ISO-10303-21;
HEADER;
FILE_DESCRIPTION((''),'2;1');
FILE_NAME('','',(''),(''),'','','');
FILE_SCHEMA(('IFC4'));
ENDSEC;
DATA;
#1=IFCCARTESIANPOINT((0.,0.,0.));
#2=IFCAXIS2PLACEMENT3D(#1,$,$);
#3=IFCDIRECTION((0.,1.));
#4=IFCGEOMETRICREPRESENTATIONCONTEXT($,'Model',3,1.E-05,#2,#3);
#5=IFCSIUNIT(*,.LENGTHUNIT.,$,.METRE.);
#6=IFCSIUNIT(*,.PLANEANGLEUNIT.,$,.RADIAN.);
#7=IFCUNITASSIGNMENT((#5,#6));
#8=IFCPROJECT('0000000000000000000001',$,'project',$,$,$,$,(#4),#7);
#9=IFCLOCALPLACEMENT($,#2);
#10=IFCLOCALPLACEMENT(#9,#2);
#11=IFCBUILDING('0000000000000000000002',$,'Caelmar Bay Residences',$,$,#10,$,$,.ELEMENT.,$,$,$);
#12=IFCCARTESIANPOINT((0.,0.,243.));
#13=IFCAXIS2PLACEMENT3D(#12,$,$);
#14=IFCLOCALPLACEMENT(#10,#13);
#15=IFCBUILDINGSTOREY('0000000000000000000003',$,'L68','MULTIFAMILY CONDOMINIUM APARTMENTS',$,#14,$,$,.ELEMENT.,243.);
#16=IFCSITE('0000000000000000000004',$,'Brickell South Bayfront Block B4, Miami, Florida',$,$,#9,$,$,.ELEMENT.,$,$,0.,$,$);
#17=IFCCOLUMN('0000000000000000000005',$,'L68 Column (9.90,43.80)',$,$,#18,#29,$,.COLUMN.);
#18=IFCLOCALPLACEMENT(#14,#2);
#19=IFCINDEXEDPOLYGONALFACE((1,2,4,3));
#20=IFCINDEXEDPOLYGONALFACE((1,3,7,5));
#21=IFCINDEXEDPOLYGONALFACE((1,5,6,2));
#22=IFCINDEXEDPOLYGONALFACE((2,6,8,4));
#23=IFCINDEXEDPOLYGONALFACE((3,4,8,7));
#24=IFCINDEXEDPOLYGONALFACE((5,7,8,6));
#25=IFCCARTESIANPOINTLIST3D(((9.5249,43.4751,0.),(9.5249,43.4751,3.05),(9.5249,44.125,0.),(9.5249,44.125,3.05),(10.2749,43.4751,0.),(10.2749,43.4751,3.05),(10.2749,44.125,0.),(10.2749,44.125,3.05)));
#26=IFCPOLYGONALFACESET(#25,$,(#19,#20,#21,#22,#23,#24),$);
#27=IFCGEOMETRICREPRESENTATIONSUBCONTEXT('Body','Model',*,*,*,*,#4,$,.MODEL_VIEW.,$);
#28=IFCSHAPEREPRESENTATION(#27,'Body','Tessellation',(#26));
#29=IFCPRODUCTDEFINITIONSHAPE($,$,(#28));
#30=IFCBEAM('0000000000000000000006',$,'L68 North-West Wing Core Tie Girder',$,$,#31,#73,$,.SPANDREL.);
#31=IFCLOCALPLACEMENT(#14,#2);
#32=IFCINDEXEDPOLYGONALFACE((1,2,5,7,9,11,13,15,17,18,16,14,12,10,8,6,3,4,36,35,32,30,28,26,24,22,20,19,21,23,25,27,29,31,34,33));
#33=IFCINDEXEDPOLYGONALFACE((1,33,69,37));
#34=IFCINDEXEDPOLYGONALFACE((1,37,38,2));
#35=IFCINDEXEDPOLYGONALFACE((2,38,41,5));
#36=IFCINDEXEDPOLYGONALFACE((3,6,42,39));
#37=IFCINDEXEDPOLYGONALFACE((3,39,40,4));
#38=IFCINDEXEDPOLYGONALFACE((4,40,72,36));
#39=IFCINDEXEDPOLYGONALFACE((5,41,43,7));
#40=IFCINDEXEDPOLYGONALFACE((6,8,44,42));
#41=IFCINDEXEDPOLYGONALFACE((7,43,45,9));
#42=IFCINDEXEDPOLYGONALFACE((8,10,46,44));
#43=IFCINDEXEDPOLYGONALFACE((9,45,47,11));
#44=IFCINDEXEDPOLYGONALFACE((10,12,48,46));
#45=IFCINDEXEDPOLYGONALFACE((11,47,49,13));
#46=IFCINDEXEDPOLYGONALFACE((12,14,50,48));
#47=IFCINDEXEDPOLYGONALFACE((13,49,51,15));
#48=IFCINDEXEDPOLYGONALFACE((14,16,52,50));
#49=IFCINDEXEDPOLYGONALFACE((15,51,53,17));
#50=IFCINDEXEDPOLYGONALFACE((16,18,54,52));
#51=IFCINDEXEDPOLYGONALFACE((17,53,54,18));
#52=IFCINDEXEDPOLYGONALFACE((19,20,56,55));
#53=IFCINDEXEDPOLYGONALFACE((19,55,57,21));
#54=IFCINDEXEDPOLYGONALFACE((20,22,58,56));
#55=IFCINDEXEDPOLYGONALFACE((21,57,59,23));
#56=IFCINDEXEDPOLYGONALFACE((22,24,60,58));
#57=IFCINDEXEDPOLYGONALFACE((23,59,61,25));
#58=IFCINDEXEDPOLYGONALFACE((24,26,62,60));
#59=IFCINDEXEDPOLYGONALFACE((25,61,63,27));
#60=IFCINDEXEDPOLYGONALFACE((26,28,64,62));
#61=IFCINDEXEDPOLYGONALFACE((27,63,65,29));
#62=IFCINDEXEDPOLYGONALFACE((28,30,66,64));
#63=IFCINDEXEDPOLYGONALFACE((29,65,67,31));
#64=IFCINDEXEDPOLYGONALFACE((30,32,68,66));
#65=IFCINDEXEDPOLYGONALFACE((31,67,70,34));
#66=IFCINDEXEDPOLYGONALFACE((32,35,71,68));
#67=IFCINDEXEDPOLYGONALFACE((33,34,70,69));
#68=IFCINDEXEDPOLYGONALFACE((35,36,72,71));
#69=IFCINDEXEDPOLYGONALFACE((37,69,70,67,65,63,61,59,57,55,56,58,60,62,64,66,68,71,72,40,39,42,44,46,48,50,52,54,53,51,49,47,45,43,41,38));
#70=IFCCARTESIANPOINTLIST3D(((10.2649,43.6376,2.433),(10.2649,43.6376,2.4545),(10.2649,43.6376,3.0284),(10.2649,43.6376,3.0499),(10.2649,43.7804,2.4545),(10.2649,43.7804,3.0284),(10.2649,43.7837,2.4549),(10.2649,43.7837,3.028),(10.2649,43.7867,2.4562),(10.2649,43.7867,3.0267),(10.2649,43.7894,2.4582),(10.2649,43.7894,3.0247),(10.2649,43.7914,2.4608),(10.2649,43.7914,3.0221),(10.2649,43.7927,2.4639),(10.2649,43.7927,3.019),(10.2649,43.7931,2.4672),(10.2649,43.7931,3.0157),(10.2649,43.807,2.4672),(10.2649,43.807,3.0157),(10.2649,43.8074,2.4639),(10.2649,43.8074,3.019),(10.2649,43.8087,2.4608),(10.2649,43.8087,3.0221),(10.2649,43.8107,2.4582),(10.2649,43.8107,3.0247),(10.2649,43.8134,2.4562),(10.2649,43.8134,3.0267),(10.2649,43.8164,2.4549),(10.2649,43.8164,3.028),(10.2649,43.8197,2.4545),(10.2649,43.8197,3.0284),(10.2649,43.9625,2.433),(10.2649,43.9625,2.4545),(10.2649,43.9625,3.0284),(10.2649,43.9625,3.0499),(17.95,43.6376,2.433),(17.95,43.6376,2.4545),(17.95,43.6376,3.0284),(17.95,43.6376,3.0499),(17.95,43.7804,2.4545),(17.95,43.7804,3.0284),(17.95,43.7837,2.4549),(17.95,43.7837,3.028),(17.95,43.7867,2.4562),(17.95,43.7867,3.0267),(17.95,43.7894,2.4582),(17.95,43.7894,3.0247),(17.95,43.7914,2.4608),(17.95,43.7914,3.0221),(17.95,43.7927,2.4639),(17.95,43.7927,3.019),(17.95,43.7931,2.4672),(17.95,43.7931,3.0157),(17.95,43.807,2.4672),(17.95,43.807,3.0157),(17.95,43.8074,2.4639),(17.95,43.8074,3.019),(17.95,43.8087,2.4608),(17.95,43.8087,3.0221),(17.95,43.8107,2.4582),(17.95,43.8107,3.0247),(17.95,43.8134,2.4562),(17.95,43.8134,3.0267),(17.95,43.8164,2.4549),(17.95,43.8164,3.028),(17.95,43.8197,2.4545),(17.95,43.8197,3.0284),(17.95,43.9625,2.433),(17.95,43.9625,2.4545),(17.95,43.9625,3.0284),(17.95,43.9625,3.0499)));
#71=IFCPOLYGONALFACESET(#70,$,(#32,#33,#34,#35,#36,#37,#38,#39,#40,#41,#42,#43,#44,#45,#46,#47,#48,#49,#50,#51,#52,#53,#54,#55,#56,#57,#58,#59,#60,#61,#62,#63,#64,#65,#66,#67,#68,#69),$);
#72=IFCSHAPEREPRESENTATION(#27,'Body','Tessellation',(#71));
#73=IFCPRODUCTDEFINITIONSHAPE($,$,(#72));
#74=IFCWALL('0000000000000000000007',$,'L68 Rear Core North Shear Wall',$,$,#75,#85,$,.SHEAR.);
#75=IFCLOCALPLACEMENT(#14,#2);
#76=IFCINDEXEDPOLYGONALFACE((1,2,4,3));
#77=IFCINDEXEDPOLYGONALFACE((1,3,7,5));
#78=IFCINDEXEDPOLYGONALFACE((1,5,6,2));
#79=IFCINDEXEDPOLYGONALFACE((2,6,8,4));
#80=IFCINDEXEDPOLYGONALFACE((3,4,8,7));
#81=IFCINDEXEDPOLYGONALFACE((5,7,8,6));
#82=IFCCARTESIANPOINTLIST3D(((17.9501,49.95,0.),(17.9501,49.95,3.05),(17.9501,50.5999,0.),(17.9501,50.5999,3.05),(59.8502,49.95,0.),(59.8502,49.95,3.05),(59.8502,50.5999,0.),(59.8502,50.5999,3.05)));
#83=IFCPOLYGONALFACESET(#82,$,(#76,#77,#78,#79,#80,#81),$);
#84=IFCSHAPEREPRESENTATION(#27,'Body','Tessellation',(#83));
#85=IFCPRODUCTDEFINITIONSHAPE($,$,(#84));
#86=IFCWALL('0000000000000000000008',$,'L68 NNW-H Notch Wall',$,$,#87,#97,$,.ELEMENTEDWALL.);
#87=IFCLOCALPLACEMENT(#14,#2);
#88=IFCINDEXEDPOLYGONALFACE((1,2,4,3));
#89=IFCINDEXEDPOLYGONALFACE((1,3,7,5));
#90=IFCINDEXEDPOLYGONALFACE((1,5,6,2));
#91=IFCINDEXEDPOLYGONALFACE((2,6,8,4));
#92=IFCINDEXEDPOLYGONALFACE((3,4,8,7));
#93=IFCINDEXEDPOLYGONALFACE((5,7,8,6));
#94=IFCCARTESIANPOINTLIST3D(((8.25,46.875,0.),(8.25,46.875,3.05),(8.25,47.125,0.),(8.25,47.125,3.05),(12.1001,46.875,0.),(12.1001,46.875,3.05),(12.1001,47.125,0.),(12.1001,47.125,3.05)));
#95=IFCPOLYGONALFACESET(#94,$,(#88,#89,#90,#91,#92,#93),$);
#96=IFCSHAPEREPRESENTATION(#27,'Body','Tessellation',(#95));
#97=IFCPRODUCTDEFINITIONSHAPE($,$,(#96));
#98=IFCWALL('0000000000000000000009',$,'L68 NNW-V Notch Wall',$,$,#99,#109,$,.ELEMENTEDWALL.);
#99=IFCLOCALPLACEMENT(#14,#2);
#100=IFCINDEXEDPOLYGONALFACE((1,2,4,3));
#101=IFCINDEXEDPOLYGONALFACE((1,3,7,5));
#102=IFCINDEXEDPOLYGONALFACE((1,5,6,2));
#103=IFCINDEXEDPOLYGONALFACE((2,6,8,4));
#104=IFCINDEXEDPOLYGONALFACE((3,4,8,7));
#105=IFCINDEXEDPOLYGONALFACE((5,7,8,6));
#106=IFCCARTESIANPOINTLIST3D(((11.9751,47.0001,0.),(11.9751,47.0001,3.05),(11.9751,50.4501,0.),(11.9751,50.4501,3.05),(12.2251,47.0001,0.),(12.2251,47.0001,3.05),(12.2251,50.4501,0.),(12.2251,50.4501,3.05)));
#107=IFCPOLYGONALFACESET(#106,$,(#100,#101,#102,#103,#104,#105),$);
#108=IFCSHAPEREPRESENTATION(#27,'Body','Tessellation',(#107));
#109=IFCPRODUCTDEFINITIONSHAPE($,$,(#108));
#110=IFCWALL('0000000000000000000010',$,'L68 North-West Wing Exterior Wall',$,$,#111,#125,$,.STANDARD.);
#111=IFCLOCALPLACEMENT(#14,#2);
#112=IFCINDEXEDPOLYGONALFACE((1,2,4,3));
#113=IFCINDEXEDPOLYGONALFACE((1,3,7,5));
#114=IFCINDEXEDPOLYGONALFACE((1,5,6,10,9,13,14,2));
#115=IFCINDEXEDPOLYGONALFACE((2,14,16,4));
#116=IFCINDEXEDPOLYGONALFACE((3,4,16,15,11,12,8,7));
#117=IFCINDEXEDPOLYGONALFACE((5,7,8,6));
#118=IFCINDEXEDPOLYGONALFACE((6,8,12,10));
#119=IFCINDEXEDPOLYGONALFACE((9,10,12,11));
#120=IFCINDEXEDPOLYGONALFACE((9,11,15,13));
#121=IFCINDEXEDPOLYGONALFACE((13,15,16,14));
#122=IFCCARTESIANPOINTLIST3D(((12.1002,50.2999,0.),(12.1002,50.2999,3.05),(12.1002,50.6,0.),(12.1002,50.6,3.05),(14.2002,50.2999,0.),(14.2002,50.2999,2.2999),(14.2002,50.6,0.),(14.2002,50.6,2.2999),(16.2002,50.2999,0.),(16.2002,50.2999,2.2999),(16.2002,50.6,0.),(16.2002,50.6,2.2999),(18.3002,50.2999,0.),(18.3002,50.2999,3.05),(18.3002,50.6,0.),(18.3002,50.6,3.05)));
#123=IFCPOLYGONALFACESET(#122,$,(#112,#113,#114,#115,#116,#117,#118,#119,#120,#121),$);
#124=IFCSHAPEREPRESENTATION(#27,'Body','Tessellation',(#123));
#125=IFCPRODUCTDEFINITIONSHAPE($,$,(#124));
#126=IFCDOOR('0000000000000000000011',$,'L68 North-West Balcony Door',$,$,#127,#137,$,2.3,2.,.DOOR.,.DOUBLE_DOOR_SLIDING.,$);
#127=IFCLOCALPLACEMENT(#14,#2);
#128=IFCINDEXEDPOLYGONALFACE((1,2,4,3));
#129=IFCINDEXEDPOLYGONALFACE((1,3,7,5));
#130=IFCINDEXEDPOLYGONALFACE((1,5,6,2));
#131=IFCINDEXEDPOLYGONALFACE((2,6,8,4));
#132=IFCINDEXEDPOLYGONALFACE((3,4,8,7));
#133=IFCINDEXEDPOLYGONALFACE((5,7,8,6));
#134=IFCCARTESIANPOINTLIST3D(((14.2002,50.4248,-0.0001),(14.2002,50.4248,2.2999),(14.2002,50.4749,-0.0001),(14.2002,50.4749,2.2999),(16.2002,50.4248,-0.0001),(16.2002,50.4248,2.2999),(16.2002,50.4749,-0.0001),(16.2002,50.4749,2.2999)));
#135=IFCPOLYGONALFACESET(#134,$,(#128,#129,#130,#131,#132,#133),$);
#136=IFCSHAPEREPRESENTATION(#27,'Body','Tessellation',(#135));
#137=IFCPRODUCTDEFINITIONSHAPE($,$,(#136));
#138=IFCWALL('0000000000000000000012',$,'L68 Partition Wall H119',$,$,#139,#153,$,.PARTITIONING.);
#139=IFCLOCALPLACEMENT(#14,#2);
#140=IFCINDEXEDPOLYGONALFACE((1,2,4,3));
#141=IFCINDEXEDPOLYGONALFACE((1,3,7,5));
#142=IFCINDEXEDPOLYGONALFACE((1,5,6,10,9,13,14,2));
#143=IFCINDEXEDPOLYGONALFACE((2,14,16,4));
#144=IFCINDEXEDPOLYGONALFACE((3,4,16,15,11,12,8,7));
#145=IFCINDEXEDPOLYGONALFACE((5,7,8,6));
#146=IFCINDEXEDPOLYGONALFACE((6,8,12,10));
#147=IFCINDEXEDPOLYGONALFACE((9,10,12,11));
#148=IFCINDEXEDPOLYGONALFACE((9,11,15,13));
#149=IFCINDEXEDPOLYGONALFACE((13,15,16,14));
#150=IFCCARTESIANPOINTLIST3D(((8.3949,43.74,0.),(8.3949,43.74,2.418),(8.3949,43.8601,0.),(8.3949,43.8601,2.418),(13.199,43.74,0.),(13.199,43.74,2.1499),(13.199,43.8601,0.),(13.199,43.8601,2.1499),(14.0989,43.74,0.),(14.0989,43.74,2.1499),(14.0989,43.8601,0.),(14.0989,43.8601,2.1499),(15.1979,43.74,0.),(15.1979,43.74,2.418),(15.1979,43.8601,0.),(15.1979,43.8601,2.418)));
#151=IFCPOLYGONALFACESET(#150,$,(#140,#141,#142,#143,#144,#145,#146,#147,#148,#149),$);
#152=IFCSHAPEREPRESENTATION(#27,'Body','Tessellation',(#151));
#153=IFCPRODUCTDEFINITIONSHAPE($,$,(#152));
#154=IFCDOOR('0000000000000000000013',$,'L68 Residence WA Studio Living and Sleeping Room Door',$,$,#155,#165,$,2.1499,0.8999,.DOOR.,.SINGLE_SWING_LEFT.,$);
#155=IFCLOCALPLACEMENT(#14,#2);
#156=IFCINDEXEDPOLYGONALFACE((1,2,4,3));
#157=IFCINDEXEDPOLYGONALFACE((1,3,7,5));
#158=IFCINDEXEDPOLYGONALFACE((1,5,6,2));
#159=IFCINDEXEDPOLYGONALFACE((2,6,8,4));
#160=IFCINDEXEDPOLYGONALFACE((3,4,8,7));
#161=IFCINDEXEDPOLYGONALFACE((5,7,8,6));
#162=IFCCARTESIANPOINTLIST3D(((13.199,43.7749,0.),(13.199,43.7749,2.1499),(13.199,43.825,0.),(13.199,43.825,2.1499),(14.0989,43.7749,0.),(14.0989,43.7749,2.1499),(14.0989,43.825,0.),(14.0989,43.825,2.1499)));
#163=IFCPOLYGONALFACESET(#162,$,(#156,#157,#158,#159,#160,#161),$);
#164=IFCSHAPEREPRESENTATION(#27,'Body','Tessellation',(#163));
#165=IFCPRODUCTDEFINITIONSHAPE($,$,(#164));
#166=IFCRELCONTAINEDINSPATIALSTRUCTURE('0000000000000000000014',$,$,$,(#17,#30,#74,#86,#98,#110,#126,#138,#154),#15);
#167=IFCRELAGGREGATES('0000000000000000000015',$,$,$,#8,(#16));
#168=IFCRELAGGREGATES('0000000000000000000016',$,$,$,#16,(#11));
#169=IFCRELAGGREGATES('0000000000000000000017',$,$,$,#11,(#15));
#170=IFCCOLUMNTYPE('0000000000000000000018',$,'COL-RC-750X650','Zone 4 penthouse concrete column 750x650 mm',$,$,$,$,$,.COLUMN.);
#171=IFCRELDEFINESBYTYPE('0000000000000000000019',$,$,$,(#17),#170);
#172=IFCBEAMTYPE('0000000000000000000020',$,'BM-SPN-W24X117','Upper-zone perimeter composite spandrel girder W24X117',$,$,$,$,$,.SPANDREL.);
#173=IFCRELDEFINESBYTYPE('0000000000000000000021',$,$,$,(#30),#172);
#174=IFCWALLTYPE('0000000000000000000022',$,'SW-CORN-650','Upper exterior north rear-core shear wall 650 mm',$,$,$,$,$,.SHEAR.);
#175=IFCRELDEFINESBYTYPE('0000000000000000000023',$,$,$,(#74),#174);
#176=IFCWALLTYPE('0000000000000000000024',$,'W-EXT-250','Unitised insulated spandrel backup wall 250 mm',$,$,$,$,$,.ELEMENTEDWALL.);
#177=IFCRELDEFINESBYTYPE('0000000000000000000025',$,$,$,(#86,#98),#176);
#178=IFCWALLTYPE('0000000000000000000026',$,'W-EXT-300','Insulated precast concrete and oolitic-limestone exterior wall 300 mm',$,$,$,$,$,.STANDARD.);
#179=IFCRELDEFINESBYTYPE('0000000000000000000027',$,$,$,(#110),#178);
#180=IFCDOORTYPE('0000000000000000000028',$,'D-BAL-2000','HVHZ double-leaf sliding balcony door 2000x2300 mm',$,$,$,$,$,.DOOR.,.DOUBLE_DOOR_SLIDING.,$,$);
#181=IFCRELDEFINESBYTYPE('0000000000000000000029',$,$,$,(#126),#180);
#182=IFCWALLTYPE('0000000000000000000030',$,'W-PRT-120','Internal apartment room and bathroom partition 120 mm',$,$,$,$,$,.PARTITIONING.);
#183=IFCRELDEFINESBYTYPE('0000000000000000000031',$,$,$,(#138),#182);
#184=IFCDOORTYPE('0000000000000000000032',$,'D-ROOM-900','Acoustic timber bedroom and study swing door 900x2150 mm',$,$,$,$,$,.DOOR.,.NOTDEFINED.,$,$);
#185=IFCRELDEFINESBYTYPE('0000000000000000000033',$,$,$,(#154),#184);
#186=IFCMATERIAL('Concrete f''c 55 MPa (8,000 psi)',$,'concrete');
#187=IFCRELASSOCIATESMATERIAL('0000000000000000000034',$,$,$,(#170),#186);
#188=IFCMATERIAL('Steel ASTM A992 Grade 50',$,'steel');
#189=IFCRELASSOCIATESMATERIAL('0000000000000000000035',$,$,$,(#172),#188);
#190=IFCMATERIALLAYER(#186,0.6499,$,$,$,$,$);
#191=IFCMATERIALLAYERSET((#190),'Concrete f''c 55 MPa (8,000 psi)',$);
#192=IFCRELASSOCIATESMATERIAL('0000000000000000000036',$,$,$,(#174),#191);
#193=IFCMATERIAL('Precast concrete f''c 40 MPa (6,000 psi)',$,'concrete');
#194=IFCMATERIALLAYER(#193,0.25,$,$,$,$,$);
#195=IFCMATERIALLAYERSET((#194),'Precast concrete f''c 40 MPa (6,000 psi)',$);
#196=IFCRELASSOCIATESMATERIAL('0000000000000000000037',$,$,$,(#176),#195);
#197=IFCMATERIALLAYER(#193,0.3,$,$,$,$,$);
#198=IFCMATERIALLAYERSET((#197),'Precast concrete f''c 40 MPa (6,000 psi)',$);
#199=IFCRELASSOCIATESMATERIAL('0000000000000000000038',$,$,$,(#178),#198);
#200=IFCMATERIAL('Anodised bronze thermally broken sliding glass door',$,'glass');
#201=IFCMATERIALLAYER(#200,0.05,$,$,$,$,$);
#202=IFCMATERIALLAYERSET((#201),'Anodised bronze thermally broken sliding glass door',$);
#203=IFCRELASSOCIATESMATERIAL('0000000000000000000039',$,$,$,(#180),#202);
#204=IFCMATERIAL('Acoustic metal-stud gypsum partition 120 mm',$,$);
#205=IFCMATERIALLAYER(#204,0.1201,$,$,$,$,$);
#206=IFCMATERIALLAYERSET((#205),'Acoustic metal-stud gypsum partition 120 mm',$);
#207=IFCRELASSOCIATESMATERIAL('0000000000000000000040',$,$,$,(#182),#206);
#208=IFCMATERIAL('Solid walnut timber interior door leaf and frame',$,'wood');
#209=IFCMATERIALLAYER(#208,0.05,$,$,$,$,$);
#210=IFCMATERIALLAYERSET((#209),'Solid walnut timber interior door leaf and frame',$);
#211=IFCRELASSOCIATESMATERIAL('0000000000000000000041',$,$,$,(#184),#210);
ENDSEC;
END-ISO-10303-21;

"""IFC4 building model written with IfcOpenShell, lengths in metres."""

from ifc_helpers import new_model, si_unit, direction, frame, frame_2d, origin, origin_2d, place, context, subcontext, project, spatial, rectangle, i_section, extrude, material, layer, layer_set, material_profile, profile_set, type_object, element, fill, save


model = new_model("IFC4")

# Units and contexts
model_context = context("Model", 3, precision=1e-05, world=origin(), true_north=direction((0.0, 1.0)))
body_context = subcontext(model_context, "Body", "Model", "MODEL_VIEW")
ifc_project = project(units=[si_unit("LENGTHUNIT", "METRE"), si_unit("PLANEANGLEUNIT", "RADIAN")], contexts=[model_context])

# Site, building, storey
site_placement = place(None, origin())
site = spatial("IfcSite", under=ifc_project, at=site_placement, Name="Brickell South Bayfront Block B4, Miami, Florida", CompositionType="ELEMENT", RefElevation=0.0)
building_placement = place(site_placement, origin())
building = spatial("IfcBuilding", under=site, at=building_placement, Name="Caelmar Bay Residences", CompositionType="ELEMENT")
storey_placement = place(building_placement, frame((0.0, 0.0, 243.0)))
storey = spatial("IfcBuildingStorey", under=building, at=storey_placement, Name="L68", Description="MULTIFAMILY CONDOMINIUM APARTMENTS", CompositionType="ELEMENT", Elevation=243.0)

# Column
ifc_material_1 = material(Name="Concrete f'c 55 MPa (8,000 psi)", Category="concrete")
ifc_material_profile_1 = material_profile(ifc_material_1, rectangle(XDim=0.75, YDim=0.6499, at=origin_2d()), Name="RC-COL-750X650")
ifc_profile_set_1 = profile_set([ifc_material_profile_1], Name="Concrete f'c 55 MPa (8,000 psi)")
column_type = type_object("IfcColumnType", Name="COL-RC-750X650", Description="Zone 4 penthouse concrete column 750x650 mm", PredefinedType="COLUMN", material=ifc_profile_set_1)
column_placement = place(storey_placement, frame((9.8999, 43.8, 0.0), z_axis=(0.0, 0.0, 1.0), x_axis=(1.0, 0.0, 0.0)))
element("IfcColumn", 1, at=column_placement, inside=storey, type_object=column_type, Name="L68 Column (9.90,43.80)", PredefinedType="COLUMN", context=body_context, shape_type="SweptSolid", body=[
    extrude(rectangle(XDim=0.75, YDim=0.6499, at=origin_2d()), origin(), (0.0, 0.0, 1.0), 3.05),
])

# Beam
ifc_material_2 = material(Name="Steel ASTM A992 Grade 50", Category="steel")
ifc_material_profile_2 = material_profile(ifc_material_2, i_section(OverallWidth=0.325, OverallDepth=0.6169, WebThickness=0.0139, FlangeThickness=0.0215, FilletRadius=0.0127, at=origin_2d()), Name="W24X117")
ifc_profile_set_2 = profile_set([ifc_material_profile_2], Name="Steel ASTM A992 Grade 50")
beam_type = type_object("IfcBeamType", Name="BM-SPN-W24X117", Description="Upper-zone perimeter composite spandrel girder W24X117", PredefinedType="SPANDREL", material=ifc_profile_set_2)
beam_placement = place(storey_placement, frame((10.2649, 43.8, 2.7415), z_axis=(1.0, 0.0, 0.0), x_axis=(0.0, 1.0, 0.0)))
element("IfcBeam", 2, at=beam_placement, inside=storey, type_object=beam_type, Name="L68 North-West Wing Core Tie Girder", PredefinedType="SPANDREL", context=body_context, shape_type="SweptSolid", body=[
    extrude(i_section(OverallWidth=0.325, OverallDepth=0.6169, WebThickness=0.0139, FlangeThickness=0.0215, FilletRadius=0.0127, at=origin_2d()), origin(), (0.0, 0.0, 1.0), 7.6851),
])

# Walls
ifc_layer_1 = layer(ifc_material_1, 0.6499)
ifc_layer_set_1 = layer_set([ifc_layer_1], Name="Concrete f'c 55 MPa (8,000 psi)")
wall_type_1 = type_object("IfcWallType", Name="SW-CORN-650", Description="Upper exterior north rear-core shear wall 650 mm", PredefinedType="SHEAR", material=ifc_layer_set_1)
wall_1_placement = place(storey_placement, frame((17.95, 50.2749, 0.0), z_axis=(0.0, 0.0, 1.0), x_axis=(1.0, 0.0, 0.0)))
element("IfcWall", 3, at=wall_1_placement, inside=storey, type_object=wall_type_1, Name="L68 Rear Core North Shear Wall", PredefinedType="SHEAR", context=body_context, shape_type="SweptSolid", body=[
    extrude(rectangle(XDim=41.9001, YDim=0.6499, at=frame_2d((20.9502, 0.0))), origin(), (0.0, 0.0, 1.0), 3.05),
])
ifc_material_3 = material(Name="Precast concrete f'c 40 MPa (6,000 psi)", Category="concrete")
ifc_layer_2 = layer(ifc_material_3, 0.25)
ifc_layer_set_2 = layer_set([ifc_layer_2], Name="Precast concrete f'c 40 MPa (6,000 psi)")
wall_type_2 = type_object("IfcWallType", Name="W-EXT-250", Description="Unitised insulated spandrel backup wall 250 mm", PredefinedType="ELEMENTEDWALL", material=ifc_layer_set_2)
wall_2_placement = place(storey_placement, frame((8.25, 47.0, 0.0), z_axis=(0.0, 0.0, 1.0), x_axis=(1.0, 0.0, 0.0)))
element("IfcWall", 4, at=wall_2_placement, inside=storey, type_object=wall_type_2, Name="L68 NNW-H Notch Wall", PredefinedType="ELEMENTEDWALL", context=body_context, shape_type="SweptSolid", body=[
    extrude(rectangle(XDim=3.8501, YDim=0.25, at=frame_2d((1.925, 0.0))), origin(), (0.0, 0.0, 1.0), 3.05),
])
wall_3_placement = place(storey_placement, frame((12.1001, 47.0, 0.0), z_axis=(0.0, 0.0, 1.0), x_axis=(0.0, 1.0, 0.0)))
element("IfcWall", 5, at=wall_3_placement, inside=storey, type_object=wall_type_2, Name="L68 NNW-V Notch Wall", PredefinedType="ELEMENTEDWALL", context=body_context, shape_type="SweptSolid", body=[
    extrude(rectangle(XDim=3.45, YDim=0.25, at=frame_2d((1.7251, 0.0))), origin(), (0.0, 0.0, 1.0), 3.05),
])

# Walls, openings, doors
ifc_layer_3 = layer(ifc_material_3, 0.3)
ifc_layer_set_3 = layer_set([ifc_layer_3], Name="Precast concrete f'c 40 MPa (6,000 psi)")
wall_type_3 = type_object("IfcWallType", Name="W-EXT-300", Description="Insulated precast concrete and oolitic-limestone exterior wall 300 mm", PredefinedType="STANDARD", material=ifc_layer_set_3)
wall_4_placement = place(storey_placement, frame((12.1001, 50.45, 0.0), z_axis=(0.0, 0.0, 1.0), x_axis=(1.0, 0.0, 0.0)))
wall_4 = element("IfcWall", 6, at=wall_4_placement, inside=storey, type_object=wall_type_3, Name="L68 North-West Wing Exterior Wall", PredefinedType="STANDARD", context=body_context, shape_type="SweptSolid", body=[
    extrude(rectangle(XDim=6.2, YDim=0.3, at=frame_2d((3.1001, 0.0))), origin(), (0.0, 0.0, 1.0), 3.05),
])
opening_1_placement = place(wall_4_placement, frame((2.1001, 0.0, 0.0)))
opening_1 = element("IfcOpeningElement", 7, at=opening_1_placement, cuts=wall_4, PredefinedType="OPENING", context=body_context, shape_type="SweptSolid", body=[
    extrude(rectangle(XDim=2.0, YDim=2.3, at=frame_2d((1.0, 1.1499))), frame((0.0, 0.1599, 0.0), z_axis=(0.0, -1.0, 0.0), x_axis=(1.0, 0.0, 0.0)), (0.0, 0.0, 1.0), 0.3201),
])
ifc_material_4 = material(Name="Anodised bronze thermally broken sliding glass door", Category="glass")
ifc_layer_4 = layer(ifc_material_4, 0.05)
ifc_layer_set_4 = layer_set([ifc_layer_4], Name="Anodised bronze thermally broken sliding glass door")
door_type_1 = type_object("IfcDoorType", Name="D-BAL-2000", Description="HVHZ double-leaf sliding balcony door 2000x2300 mm", OperationType="DOUBLE_DOOR_SLIDING", PredefinedType="DOOR", material=ifc_layer_set_4)
door_1_placement = place(opening_1_placement, origin())
door_1 = element("IfcDoor", 8, at=door_1_placement, inside=storey, type_object=door_type_1, Name="L68 North-West Balcony Door", OperationType="DOUBLE_DOOR_SLIDING", OverallHeight=2.3, OverallWidth=2.0, PredefinedType="DOOR", context=body_context, shape_type="SweptSolid", body=[
    extrude(rectangle(XDim=2.0, YDim=2.3, at=frame_2d((1.0, 1.1499))), frame((0.0, 0.0249, 0.0), z_axis=(0.0, -1.0, 0.0), x_axis=(1.0, 0.0, 0.0)), (0.0, 0.0, 1.0), 0.05),
])
fill(opening_1, door_1)
ifc_material_5 = material(Name="Acoustic metal-stud gypsum partition 120 mm")
ifc_layer_5 = layer(ifc_material_5, 0.1201)
ifc_layer_set_5 = layer_set([ifc_layer_5], Name="Acoustic metal-stud gypsum partition 120 mm")
wall_type_4 = type_object("IfcWallType", Name="W-PRT-120", Description="Internal apartment room and bathroom partition 120 mm", PredefinedType="PARTITIONING", material=ifc_layer_set_5)
wall_5_placement = place(storey_placement, frame((8.395, 43.8, 0.0), z_axis=(0.0, 0.0, 1.0), x_axis=(1.0, 0.0, 0.0)))
wall_5 = element("IfcWall", 9, at=wall_5_placement, inside=storey, type_object=wall_type_4, Name="L68 Partition Wall H119", PredefinedType="PARTITIONING", context=body_context, shape_type="SweptSolid", body=[
    extrude(rectangle(XDim=6.803, YDim=0.1201, at=frame_2d((3.4014, 0.0))), origin(), (0.0, 0.0, 1.0), 2.418),
])
opening_2_placement = place(wall_5_placement, frame((4.804, 0.0, 0.0)))
opening_2 = element("IfcOpeningElement", 10, at=opening_2_placement, cuts=wall_5, PredefinedType="OPENING", context=body_context, shape_type="SweptSolid", body=[
    extrude(rectangle(XDim=0.8999, YDim=2.1499, at=frame_2d((0.45, 1.075))), frame((0.0, 0.0701, 0.0), z_axis=(0.0, -1.0, 0.0), x_axis=(1.0, 0.0, 0.0)), (0.0, 0.0, 1.0), 0.1401),
])
ifc_material_6 = material(Name="Solid walnut timber interior door leaf and frame", Category="wood")
ifc_layer_6 = layer(ifc_material_6, 0.05)
ifc_layer_set_6 = layer_set([ifc_layer_6], Name="Solid walnut timber interior door leaf and frame")
door_type_2 = type_object("IfcDoorType", Name="D-ROOM-900", Description="Acoustic timber bedroom and study swing door 900x2150 mm", OperationType="NOTDEFINED", PredefinedType="DOOR", material=ifc_layer_set_6)
door_2_placement = place(opening_2_placement, origin())
door_2 = element("IfcDoor", 11, at=door_2_placement, inside=storey, type_object=door_type_2, Name="L68 Residence WA Studio Living and Sleeping Room Door", OperationType="SINGLE_SWING_LEFT", OverallHeight=2.1499, OverallWidth=0.8999, PredefinedType="DOOR", context=body_context, shape_type="SweptSolid", body=[
    extrude(rectangle(XDim=0.8999, YDim=2.1499, at=frame_2d((0.45, 1.075))), frame((0.0, 0.0249, 0.0), z_axis=(0.0, -1.0, 0.0), x_axis=(1.0, 0.0, 0.0)), (0.0, 0.0, 1.0), 0.05),
])
fill(opening_2, door_2)

save(model, "model.ifc")
